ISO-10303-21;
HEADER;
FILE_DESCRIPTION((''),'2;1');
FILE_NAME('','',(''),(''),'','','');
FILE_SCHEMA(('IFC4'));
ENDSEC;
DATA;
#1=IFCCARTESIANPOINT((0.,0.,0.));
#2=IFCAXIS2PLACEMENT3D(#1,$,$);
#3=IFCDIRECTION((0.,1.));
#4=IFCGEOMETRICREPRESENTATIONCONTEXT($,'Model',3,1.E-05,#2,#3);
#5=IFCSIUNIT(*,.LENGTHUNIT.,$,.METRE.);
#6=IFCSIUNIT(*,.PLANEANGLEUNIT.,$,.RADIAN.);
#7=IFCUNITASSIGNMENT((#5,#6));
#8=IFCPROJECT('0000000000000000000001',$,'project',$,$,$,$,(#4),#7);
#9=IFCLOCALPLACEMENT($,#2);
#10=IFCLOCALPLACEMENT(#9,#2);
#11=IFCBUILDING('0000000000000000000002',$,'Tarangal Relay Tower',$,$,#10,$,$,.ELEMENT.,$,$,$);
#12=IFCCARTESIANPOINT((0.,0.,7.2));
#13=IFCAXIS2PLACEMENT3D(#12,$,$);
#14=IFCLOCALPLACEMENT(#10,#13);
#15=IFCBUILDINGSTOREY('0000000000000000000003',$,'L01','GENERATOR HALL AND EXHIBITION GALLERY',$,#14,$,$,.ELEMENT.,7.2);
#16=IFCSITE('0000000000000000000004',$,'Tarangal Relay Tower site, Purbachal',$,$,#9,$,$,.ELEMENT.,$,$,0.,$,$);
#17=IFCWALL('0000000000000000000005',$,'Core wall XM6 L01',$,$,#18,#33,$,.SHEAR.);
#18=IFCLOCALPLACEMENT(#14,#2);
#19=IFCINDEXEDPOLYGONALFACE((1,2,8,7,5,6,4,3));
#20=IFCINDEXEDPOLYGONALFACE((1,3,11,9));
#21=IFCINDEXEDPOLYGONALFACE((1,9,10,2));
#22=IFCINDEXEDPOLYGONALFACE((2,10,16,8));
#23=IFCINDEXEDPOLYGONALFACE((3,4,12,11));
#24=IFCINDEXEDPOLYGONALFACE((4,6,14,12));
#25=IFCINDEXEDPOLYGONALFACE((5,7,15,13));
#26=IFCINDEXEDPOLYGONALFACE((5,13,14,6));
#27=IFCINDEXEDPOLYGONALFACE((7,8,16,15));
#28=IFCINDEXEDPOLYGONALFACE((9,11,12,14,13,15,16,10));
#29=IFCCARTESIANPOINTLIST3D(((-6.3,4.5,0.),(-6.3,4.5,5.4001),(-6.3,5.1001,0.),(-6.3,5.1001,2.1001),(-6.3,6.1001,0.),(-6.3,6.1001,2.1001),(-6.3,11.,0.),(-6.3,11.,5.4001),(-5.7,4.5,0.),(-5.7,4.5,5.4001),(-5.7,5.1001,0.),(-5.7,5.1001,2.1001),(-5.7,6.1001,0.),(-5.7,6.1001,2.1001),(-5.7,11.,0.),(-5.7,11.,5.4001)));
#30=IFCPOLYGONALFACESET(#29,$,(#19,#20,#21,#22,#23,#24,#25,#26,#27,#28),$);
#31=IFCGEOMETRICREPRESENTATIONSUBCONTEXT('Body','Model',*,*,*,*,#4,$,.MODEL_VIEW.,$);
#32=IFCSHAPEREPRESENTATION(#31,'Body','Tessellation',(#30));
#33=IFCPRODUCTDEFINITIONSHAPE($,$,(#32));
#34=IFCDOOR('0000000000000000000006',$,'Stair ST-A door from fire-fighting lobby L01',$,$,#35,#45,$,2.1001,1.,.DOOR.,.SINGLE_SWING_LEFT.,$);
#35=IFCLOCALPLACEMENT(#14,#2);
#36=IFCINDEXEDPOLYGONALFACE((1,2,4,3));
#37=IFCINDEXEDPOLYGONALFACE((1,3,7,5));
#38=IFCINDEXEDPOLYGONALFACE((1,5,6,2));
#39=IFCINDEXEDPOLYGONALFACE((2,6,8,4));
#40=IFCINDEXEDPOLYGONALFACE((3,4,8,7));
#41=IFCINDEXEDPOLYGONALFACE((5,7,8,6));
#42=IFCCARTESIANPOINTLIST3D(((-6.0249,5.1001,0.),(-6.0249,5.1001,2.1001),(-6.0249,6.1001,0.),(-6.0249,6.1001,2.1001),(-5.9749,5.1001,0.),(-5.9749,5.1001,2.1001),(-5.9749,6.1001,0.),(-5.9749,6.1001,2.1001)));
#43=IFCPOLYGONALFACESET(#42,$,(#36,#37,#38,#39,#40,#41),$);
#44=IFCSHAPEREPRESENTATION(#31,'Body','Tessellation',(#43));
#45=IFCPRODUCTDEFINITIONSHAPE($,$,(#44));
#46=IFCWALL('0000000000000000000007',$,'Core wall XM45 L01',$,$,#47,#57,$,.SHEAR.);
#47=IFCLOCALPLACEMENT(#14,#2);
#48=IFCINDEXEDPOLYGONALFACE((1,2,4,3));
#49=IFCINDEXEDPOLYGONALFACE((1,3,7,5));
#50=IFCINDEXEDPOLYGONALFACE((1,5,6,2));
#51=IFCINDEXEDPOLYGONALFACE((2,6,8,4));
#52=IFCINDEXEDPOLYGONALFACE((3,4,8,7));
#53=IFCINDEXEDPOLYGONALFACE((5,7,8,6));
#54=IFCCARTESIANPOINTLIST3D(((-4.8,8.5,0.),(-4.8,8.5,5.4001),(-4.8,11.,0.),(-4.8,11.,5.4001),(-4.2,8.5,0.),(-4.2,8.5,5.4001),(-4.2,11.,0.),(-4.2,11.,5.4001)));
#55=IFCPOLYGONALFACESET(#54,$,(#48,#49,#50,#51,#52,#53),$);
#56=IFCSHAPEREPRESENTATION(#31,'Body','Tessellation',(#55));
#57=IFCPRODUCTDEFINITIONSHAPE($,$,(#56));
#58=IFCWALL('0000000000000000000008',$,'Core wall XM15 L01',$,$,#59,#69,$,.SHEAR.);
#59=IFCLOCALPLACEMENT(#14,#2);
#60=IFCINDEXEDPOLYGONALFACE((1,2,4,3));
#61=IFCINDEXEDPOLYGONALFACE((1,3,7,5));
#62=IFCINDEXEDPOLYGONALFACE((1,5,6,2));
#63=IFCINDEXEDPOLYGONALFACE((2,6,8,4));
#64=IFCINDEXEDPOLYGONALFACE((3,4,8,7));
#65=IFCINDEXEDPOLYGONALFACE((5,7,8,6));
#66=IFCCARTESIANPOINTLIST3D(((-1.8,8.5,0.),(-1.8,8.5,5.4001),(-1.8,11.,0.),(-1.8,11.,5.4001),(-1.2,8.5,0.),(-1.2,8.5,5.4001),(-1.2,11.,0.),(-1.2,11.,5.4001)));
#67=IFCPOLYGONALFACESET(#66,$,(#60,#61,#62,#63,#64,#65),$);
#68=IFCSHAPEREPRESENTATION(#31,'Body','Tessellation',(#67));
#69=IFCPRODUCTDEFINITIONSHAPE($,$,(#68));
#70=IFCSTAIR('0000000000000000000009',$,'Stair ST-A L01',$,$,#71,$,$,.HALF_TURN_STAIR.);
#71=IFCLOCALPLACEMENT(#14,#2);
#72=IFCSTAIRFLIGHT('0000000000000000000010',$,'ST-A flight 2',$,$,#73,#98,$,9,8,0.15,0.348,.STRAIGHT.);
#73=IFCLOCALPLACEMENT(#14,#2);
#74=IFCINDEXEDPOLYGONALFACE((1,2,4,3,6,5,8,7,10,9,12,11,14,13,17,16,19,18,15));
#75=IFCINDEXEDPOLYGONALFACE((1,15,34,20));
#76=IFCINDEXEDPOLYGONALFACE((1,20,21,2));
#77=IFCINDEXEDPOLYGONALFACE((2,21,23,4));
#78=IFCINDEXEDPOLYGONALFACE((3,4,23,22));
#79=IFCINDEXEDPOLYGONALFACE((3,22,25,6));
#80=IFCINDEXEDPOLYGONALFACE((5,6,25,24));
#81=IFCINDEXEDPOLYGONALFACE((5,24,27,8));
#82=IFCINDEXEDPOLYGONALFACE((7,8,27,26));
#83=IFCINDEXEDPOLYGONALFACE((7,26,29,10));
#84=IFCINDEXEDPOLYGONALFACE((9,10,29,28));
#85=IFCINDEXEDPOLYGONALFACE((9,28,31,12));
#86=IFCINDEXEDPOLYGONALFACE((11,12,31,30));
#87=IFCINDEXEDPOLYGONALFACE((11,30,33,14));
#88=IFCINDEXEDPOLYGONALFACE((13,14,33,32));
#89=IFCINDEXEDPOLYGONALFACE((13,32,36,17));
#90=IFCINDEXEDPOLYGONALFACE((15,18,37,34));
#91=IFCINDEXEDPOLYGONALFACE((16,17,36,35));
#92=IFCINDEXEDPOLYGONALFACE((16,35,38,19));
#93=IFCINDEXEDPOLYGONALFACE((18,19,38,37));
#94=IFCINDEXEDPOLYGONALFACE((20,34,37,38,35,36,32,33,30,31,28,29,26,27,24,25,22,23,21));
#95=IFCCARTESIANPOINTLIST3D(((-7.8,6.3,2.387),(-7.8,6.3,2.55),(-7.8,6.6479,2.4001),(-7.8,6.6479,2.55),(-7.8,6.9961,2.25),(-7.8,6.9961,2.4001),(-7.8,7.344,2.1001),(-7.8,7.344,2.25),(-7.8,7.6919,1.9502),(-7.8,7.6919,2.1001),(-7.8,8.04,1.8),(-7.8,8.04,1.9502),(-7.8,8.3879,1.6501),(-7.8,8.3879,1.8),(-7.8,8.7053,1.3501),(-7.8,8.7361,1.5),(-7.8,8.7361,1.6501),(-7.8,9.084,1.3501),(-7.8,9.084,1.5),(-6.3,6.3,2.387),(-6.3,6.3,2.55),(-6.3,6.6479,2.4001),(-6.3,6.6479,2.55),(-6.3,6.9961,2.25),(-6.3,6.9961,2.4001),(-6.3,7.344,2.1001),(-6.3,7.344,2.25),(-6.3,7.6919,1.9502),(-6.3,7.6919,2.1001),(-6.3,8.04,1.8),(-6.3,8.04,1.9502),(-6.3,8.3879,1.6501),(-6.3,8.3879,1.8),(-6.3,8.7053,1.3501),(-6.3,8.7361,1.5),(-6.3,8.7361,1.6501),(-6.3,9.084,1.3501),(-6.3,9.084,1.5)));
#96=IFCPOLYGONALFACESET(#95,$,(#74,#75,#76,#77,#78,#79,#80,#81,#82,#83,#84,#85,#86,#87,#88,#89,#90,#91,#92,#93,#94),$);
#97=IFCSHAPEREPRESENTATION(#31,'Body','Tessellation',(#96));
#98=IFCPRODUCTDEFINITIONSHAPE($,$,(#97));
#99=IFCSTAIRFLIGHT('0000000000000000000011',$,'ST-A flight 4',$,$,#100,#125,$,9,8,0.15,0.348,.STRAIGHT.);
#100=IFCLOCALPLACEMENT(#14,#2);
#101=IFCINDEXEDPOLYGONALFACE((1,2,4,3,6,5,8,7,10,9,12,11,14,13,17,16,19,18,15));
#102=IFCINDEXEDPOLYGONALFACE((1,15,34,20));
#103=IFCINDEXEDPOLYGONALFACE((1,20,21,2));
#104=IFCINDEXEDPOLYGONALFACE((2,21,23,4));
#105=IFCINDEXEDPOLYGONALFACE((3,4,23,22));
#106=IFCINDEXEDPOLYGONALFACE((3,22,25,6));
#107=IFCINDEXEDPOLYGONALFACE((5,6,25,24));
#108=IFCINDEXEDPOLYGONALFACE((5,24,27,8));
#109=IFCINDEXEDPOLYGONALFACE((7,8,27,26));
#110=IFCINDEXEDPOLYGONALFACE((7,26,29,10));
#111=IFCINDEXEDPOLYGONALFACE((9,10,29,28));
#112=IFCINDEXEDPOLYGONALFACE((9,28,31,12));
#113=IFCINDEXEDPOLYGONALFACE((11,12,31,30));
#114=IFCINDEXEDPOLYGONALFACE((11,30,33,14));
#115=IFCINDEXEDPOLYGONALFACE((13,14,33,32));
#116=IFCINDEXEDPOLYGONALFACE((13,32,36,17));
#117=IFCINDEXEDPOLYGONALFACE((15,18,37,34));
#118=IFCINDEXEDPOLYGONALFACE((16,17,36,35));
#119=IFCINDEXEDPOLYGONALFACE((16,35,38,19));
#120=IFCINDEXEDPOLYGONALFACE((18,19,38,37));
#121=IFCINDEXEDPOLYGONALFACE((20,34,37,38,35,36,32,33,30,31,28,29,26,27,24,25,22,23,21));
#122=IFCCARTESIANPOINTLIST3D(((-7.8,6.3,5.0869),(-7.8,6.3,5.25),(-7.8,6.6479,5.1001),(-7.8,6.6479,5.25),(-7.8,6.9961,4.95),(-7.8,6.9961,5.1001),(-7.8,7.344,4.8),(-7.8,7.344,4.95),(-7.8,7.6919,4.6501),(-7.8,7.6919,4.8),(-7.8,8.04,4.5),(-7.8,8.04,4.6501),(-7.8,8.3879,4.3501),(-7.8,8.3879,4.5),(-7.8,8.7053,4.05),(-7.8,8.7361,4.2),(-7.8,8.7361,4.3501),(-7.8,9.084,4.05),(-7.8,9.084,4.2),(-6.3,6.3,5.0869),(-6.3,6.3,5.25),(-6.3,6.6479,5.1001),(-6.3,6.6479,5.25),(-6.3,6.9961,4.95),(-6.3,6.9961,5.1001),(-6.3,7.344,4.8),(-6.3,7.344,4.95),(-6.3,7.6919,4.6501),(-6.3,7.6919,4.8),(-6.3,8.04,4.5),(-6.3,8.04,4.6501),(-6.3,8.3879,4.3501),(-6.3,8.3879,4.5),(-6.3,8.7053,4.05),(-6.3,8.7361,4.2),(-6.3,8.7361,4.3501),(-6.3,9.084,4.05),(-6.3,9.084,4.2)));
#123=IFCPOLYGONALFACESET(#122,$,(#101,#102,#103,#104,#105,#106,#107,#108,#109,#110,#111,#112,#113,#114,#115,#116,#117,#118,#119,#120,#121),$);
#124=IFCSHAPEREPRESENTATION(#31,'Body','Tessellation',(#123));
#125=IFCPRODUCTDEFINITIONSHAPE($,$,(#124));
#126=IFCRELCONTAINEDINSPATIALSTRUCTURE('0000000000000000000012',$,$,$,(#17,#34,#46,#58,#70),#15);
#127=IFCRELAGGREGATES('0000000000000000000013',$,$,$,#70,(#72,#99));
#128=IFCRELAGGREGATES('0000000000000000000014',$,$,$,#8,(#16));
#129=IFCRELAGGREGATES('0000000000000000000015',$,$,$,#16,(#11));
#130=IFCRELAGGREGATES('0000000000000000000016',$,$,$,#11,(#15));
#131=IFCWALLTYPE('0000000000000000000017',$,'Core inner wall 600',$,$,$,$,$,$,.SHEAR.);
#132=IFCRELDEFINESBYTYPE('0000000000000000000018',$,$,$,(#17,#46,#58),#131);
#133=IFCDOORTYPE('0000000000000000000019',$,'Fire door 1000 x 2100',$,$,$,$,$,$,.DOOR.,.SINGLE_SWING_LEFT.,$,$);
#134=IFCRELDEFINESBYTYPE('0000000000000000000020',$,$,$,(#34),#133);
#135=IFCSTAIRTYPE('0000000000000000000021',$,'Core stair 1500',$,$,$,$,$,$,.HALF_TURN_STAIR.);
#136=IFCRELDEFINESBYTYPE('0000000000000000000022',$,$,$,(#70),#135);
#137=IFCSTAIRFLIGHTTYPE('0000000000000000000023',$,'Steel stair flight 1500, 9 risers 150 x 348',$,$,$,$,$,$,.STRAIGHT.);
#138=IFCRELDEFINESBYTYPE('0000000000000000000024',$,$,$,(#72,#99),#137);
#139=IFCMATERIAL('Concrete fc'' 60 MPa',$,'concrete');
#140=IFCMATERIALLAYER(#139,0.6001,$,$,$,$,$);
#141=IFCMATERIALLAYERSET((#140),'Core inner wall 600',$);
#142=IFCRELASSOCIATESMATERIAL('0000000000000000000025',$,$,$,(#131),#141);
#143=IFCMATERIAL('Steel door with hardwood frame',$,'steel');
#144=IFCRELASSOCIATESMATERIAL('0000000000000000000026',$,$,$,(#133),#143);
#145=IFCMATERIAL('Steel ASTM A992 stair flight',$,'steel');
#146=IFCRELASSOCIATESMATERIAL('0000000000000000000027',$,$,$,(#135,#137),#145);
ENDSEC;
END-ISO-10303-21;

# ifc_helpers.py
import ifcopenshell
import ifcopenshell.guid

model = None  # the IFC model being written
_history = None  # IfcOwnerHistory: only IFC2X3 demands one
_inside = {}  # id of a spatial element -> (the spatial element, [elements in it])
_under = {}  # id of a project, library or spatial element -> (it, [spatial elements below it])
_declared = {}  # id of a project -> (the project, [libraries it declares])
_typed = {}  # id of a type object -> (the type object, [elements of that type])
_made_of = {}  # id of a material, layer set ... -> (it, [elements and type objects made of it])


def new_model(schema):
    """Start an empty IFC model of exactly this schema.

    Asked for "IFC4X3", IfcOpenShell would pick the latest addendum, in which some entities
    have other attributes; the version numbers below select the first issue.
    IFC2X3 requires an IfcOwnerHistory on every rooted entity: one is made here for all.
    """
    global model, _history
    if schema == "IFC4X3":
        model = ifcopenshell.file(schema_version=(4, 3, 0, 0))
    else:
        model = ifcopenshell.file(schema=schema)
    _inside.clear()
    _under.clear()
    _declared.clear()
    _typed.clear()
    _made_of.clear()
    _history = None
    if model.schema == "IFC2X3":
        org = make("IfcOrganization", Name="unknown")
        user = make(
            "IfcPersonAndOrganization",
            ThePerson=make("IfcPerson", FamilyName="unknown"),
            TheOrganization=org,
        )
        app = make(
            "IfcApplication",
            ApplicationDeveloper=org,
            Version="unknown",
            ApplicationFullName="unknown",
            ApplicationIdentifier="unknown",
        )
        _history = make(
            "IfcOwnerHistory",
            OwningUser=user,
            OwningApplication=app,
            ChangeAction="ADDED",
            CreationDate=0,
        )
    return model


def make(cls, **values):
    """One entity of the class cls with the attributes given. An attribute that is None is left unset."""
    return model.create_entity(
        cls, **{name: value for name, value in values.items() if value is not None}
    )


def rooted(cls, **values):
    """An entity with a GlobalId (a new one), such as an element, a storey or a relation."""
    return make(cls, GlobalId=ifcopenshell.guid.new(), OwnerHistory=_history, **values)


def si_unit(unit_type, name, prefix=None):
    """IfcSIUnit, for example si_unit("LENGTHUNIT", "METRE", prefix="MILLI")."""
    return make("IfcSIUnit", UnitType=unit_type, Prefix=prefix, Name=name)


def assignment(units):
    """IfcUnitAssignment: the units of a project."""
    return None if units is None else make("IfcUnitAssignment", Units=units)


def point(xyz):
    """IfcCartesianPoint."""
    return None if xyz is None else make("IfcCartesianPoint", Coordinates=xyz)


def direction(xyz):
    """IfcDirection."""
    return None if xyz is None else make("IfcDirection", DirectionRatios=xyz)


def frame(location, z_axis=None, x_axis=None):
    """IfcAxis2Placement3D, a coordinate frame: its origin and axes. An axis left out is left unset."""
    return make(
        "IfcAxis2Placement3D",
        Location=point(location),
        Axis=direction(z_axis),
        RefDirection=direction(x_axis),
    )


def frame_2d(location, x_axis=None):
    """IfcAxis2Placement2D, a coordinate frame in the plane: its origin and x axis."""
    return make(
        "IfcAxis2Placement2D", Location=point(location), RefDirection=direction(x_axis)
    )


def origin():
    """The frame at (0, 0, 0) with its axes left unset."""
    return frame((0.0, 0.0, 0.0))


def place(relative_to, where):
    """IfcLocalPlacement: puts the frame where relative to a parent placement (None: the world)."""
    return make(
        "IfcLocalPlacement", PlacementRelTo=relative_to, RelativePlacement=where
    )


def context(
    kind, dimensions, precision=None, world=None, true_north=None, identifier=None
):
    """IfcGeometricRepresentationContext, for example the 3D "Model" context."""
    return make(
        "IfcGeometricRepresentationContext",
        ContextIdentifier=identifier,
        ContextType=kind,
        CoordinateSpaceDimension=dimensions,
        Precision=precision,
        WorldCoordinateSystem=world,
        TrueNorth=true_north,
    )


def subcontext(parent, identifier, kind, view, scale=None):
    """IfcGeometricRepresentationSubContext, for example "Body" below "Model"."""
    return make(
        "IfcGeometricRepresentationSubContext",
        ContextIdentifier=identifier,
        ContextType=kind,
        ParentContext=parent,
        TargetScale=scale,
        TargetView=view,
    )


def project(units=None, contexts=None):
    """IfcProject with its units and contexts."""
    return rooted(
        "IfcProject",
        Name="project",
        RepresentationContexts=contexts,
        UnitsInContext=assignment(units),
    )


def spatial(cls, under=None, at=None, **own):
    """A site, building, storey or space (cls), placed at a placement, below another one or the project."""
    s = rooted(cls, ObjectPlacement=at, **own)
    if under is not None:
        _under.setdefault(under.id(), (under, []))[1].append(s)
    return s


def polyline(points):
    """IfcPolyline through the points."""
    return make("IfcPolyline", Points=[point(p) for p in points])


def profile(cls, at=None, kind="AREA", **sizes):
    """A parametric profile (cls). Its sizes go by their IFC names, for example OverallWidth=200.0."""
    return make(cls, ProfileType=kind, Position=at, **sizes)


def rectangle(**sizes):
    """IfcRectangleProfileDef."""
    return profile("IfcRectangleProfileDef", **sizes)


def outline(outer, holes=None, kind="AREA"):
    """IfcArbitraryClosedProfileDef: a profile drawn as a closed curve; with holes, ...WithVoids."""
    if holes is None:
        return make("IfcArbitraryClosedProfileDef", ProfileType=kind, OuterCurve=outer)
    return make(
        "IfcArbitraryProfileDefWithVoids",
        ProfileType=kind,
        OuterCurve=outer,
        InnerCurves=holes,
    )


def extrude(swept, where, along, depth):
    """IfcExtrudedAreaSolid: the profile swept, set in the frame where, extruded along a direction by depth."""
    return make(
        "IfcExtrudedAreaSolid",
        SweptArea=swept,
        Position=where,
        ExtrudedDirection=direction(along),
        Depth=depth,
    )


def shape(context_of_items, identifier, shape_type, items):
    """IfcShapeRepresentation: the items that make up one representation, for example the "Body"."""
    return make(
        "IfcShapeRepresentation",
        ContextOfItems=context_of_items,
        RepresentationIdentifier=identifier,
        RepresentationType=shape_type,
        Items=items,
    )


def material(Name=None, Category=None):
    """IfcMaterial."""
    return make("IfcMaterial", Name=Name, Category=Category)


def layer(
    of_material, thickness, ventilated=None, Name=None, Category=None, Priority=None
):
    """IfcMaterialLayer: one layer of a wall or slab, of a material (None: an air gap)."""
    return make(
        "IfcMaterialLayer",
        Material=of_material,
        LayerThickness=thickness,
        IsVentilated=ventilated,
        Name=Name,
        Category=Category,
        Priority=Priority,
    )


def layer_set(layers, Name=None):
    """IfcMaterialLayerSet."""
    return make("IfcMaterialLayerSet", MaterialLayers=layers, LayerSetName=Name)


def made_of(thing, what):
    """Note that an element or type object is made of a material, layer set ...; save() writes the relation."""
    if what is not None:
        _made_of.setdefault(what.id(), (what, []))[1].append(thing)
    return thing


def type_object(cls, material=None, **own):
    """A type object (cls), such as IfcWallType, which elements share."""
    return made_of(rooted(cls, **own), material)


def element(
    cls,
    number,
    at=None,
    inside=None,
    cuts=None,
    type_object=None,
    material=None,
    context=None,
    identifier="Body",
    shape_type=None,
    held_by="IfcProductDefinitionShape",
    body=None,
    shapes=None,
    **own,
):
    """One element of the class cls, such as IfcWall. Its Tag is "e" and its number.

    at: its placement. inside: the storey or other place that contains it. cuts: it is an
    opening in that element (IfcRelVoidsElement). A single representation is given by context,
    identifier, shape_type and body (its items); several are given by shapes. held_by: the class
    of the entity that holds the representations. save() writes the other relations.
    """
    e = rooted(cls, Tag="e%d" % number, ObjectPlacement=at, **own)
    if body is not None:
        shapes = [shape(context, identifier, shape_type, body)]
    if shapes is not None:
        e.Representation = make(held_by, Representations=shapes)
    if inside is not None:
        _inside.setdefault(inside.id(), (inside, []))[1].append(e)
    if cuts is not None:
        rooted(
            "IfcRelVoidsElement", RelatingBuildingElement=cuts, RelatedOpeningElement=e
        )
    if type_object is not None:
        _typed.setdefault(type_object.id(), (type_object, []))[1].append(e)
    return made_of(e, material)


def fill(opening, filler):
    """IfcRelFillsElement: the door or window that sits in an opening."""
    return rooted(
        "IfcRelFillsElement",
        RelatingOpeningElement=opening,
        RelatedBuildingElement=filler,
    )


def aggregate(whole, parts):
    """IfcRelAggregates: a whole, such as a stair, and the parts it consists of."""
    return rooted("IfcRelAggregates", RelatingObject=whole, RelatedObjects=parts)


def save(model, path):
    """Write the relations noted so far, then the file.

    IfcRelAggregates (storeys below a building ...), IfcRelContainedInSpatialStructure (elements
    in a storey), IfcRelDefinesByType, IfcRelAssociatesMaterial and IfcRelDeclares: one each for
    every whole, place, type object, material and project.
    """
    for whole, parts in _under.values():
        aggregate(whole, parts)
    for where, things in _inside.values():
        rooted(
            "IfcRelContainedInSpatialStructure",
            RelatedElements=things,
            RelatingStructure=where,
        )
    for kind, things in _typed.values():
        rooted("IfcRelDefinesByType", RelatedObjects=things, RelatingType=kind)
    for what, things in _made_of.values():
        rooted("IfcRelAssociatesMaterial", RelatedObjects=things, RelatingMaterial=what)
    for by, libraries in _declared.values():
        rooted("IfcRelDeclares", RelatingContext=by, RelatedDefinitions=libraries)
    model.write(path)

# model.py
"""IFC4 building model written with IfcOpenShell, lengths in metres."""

from ifc_helpers import new_model, si_unit, direction, frame, frame_2d, origin, place, context, subcontext, project, spatial, polyline, rectangle, outline, extrude, material, layer, layer_set, type_object, element, fill, aggregate, save


model = new_model("IFC4")

# Units and contexts
model_context = context("Model", 3, precision=1e-05, world=origin(), true_north=direction((0.0, 1.0)))
body_context = subcontext(model_context, "Body", "Model", "MODEL_VIEW")
ifc_project = project(units=[si_unit("LENGTHUNIT", "METRE"), si_unit("PLANEANGLEUNIT", "RADIAN")], contexts=[model_context])

# Site, building, storey
site_placement = place(None, origin())
site = spatial("IfcSite", under=ifc_project, at=site_placement, Name="Tarangal Relay Tower site, Purbachal", CompositionType="ELEMENT", RefElevation=0.0)
building_placement = place(site_placement, origin())
building = spatial("IfcBuilding", under=site, at=building_placement, Name="Tarangal Relay Tower", CompositionType="ELEMENT")
storey_placement = place(building_placement, frame((0.0, 0.0, 7.2)))
storey = spatial("IfcBuildingStorey", under=building, at=storey_placement, Name="L01", Description="GENERATOR HALL AND EXHIBITION GALLERY", CompositionType="ELEMENT", Elevation=7.2)

# Shared definitions
ifc_material_1 = material(Name="Concrete fc' 60 MPa", Category="concrete")
ifc_layer_1 = layer(ifc_material_1, 0.6001)
ifc_layer_set_1 = layer_set([ifc_layer_1], Name="Core inner wall 600")
wall_type = type_object("IfcWallType", Name="Core inner wall 600", PredefinedType="SHEAR", material=ifc_layer_set_1)
ifc_material_2 = material(Name="Steel door with hardwood frame", Category="steel")

# Wall, opening, door
wall_1_placement = place(storey_placement, frame((-6.0, 4.5, 0.0), z_axis=(0.0, 0.0, 1.0), x_axis=(0.0, 1.0, 0.0)))
wall_1 = element("IfcWall", 1, at=wall_1_placement, inside=storey, type_object=wall_type, Name="Core wall XM6 L01", PredefinedType="SHEAR", context=body_context, shape_type="SweptSolid", body=[
    extrude(rectangle(XDim=6.5, YDim=0.6001, at=frame_2d((3.25, 0.0))), origin(), (0.0, 0.0, 1.0), 5.4001),
])
opening_1_placement = place(wall_1_placement, frame((0.6001, 0.0, 0.0)))
opening_1 = element("IfcOpeningElement", 2, at=opening_1_placement, cuts=wall_1, PredefinedType="OPENING", context=body_context, shape_type="SweptSolid", body=[
    extrude(rectangle(XDim=1.0, YDim=2.1001, at=frame_2d((0.5, 1.05))), frame((0.0, 0.3101, 0.0), z_axis=(0.0, -1.0, 0.0), x_axis=(1.0, 0.0, 0.0)), (0.0, 0.0, 1.0), 0.6201),
])
door_type_1 = type_object("IfcDoorType", Name="Fire door 1000 x 2100", OperationType="SINGLE_SWING_LEFT", PredefinedType="DOOR", material=ifc_material_2)
door_1_placement = place(opening_1_placement, origin())
door_1 = element("IfcDoor", 3, at=door_1_placement, inside=storey, type_object=door_type_1, Name="Stair ST-A door from fire-fighting lobby L01", OperationType="SINGLE_SWING_LEFT", OverallHeight=2.1001, OverallWidth=1.0, PredefinedType="DOOR", context=body_context, shape_type="SweptSolid", body=[
    extrude(rectangle(XDim=1.0, YDim=2.1001, at=frame_2d((0.5, 1.05))), frame((0.0, 0.0249, 0.0), z_axis=(0.0, -1.0, 0.0), x_axis=(1.0, 0.0, 0.0)), (0.0, 0.0, 1.0), 0.05),
])
fill(opening_1, door_1)

# Walls
for number, where, z_axis, x_axis, name in (
    (4, (-4.5, 8.5, 0.0), (0.0, 0.0, 1.0), (0.0, 1.0, 0.0), "Core wall XM45 L01"),
    (5, (-1.5, 8.5, 0.0), (0.0, 0.0, 1.0), (0.0, 1.0, 0.0), "Core wall XM15 L01"),
):
    element("IfcWall", number, at=place(storey_placement, frame(where, z_axis=z_axis, x_axis=x_axis)), inside=storey, type_object=wall_type, Name=name, PredefinedType="SHEAR", context=body_context, shape_type="SweptSolid", body=[
        extrude(rectangle(XDim=2.5, YDim=0.6001, at=frame_2d((1.25, 0.0))), origin(), (0.0, 0.0, 1.0), 5.4001),
    ])

# Stair, stair flights
ifc_material_3 = material(Name="Steel ASTM A992 stair flight", Category="steel")
stair_type = type_object("IfcStairType", Name="Core stair 1500", PredefinedType="HALF_TURN_STAIR", material=ifc_material_3)
stair_placement = place(storey_placement, origin())
stair = element("IfcStair", 6, at=stair_placement, inside=storey, type_object=stair_type, Name="Stair ST-A L01", PredefinedType="HALF_TURN_STAIR")
stair_flight_type = type_object("IfcStairFlightType", Name="Steel stair flight 1500, 9 risers 150 x 348", PredefinedType="STRAIGHT", material=ifc_material_3)
stair_flight_1_placement = place(storey_placement, frame((-7.05, 9.084, 1.3501), z_axis=(0.0, 0.0, 1.0), x_axis=(0.0, -1.0, 0.0)))
stair_flight_1 = element("IfcStairFlight", 7, at=stair_flight_1_placement, type_object=stair_flight_type, Name="ST-A flight 2", NumberOfRisers=9, NumberOfTreads=8, PredefinedType="STRAIGHT", RiserHeight=0.15, TreadLength=0.348, context=body_context, shape_type="SweptSolid", body=[
    extrude(outline(polyline([(0.0, 0.0), (0.0, 0.1499), (0.3479, 0.1499), (0.3479, 0.3), (0.696, 0.3), (0.696, 0.45), (1.0439, 0.45), (1.0439, 0.6001), (1.3921, 0.6001), (1.3921, 0.75), (1.74, 0.75), (1.74, 0.8999), (2.0879, 0.8999), (2.0879, 1.05), (2.436, 1.05), (2.436, 1.2), (2.7839, 1.2), (2.7839, 1.3501), (2.7839, 1.0369), (0.3787, 0.0), (0.0, 0.0)])), frame((0.0, 0.75, 0.0), z_axis=(0.0, -1.0, 0.0), x_axis=(1.0, 0.0, 0.0)), (0.0, 0.0, 1.0), 1.5),
])
stair_flight_2_placement = place(storey_placement, frame((-7.05, 9.084, 4.05), z_axis=(0.0, 0.0, 1.0), x_axis=(0.0, -1.0, 0.0)))
stair_flight_2 = element("IfcStairFlight", 8, at=stair_flight_2_placement, type_object=stair_flight_type, Name="ST-A flight 4", NumberOfRisers=9, NumberOfTreads=8, PredefinedType="STRAIGHT", RiserHeight=0.15, TreadLength=0.348, context=body_context, shape_type="SweptSolid", body=[
    extrude(outline(polyline([(0.0, 0.0), (0.0, 0.1499), (0.3479, 0.1499), (0.3479, 0.3), (0.696, 0.3), (0.696, 0.45), (1.0439, 0.45), (1.0439, 0.6001), (1.3921, 0.6001), (1.3921, 0.75), (1.74, 0.75), (1.74, 0.8999), (2.0879, 0.8999), (2.0879, 1.05), (2.436, 1.05), (2.436, 1.2), (2.7839, 1.2), (2.7839, 1.3501), (2.7839, 1.0369), (0.3787, 0.0), (0.0, 0.0)])), frame((0.0, 0.75, 0.0), z_axis=(0.0, -1.0, 0.0), x_axis=(1.0, 0.0, 0.0)), (0.0, 0.0, 1.0), 1.5),
])
aggregate(stair, [stair_flight_1, stair_flight_2])

save(model, "model.ifc")
